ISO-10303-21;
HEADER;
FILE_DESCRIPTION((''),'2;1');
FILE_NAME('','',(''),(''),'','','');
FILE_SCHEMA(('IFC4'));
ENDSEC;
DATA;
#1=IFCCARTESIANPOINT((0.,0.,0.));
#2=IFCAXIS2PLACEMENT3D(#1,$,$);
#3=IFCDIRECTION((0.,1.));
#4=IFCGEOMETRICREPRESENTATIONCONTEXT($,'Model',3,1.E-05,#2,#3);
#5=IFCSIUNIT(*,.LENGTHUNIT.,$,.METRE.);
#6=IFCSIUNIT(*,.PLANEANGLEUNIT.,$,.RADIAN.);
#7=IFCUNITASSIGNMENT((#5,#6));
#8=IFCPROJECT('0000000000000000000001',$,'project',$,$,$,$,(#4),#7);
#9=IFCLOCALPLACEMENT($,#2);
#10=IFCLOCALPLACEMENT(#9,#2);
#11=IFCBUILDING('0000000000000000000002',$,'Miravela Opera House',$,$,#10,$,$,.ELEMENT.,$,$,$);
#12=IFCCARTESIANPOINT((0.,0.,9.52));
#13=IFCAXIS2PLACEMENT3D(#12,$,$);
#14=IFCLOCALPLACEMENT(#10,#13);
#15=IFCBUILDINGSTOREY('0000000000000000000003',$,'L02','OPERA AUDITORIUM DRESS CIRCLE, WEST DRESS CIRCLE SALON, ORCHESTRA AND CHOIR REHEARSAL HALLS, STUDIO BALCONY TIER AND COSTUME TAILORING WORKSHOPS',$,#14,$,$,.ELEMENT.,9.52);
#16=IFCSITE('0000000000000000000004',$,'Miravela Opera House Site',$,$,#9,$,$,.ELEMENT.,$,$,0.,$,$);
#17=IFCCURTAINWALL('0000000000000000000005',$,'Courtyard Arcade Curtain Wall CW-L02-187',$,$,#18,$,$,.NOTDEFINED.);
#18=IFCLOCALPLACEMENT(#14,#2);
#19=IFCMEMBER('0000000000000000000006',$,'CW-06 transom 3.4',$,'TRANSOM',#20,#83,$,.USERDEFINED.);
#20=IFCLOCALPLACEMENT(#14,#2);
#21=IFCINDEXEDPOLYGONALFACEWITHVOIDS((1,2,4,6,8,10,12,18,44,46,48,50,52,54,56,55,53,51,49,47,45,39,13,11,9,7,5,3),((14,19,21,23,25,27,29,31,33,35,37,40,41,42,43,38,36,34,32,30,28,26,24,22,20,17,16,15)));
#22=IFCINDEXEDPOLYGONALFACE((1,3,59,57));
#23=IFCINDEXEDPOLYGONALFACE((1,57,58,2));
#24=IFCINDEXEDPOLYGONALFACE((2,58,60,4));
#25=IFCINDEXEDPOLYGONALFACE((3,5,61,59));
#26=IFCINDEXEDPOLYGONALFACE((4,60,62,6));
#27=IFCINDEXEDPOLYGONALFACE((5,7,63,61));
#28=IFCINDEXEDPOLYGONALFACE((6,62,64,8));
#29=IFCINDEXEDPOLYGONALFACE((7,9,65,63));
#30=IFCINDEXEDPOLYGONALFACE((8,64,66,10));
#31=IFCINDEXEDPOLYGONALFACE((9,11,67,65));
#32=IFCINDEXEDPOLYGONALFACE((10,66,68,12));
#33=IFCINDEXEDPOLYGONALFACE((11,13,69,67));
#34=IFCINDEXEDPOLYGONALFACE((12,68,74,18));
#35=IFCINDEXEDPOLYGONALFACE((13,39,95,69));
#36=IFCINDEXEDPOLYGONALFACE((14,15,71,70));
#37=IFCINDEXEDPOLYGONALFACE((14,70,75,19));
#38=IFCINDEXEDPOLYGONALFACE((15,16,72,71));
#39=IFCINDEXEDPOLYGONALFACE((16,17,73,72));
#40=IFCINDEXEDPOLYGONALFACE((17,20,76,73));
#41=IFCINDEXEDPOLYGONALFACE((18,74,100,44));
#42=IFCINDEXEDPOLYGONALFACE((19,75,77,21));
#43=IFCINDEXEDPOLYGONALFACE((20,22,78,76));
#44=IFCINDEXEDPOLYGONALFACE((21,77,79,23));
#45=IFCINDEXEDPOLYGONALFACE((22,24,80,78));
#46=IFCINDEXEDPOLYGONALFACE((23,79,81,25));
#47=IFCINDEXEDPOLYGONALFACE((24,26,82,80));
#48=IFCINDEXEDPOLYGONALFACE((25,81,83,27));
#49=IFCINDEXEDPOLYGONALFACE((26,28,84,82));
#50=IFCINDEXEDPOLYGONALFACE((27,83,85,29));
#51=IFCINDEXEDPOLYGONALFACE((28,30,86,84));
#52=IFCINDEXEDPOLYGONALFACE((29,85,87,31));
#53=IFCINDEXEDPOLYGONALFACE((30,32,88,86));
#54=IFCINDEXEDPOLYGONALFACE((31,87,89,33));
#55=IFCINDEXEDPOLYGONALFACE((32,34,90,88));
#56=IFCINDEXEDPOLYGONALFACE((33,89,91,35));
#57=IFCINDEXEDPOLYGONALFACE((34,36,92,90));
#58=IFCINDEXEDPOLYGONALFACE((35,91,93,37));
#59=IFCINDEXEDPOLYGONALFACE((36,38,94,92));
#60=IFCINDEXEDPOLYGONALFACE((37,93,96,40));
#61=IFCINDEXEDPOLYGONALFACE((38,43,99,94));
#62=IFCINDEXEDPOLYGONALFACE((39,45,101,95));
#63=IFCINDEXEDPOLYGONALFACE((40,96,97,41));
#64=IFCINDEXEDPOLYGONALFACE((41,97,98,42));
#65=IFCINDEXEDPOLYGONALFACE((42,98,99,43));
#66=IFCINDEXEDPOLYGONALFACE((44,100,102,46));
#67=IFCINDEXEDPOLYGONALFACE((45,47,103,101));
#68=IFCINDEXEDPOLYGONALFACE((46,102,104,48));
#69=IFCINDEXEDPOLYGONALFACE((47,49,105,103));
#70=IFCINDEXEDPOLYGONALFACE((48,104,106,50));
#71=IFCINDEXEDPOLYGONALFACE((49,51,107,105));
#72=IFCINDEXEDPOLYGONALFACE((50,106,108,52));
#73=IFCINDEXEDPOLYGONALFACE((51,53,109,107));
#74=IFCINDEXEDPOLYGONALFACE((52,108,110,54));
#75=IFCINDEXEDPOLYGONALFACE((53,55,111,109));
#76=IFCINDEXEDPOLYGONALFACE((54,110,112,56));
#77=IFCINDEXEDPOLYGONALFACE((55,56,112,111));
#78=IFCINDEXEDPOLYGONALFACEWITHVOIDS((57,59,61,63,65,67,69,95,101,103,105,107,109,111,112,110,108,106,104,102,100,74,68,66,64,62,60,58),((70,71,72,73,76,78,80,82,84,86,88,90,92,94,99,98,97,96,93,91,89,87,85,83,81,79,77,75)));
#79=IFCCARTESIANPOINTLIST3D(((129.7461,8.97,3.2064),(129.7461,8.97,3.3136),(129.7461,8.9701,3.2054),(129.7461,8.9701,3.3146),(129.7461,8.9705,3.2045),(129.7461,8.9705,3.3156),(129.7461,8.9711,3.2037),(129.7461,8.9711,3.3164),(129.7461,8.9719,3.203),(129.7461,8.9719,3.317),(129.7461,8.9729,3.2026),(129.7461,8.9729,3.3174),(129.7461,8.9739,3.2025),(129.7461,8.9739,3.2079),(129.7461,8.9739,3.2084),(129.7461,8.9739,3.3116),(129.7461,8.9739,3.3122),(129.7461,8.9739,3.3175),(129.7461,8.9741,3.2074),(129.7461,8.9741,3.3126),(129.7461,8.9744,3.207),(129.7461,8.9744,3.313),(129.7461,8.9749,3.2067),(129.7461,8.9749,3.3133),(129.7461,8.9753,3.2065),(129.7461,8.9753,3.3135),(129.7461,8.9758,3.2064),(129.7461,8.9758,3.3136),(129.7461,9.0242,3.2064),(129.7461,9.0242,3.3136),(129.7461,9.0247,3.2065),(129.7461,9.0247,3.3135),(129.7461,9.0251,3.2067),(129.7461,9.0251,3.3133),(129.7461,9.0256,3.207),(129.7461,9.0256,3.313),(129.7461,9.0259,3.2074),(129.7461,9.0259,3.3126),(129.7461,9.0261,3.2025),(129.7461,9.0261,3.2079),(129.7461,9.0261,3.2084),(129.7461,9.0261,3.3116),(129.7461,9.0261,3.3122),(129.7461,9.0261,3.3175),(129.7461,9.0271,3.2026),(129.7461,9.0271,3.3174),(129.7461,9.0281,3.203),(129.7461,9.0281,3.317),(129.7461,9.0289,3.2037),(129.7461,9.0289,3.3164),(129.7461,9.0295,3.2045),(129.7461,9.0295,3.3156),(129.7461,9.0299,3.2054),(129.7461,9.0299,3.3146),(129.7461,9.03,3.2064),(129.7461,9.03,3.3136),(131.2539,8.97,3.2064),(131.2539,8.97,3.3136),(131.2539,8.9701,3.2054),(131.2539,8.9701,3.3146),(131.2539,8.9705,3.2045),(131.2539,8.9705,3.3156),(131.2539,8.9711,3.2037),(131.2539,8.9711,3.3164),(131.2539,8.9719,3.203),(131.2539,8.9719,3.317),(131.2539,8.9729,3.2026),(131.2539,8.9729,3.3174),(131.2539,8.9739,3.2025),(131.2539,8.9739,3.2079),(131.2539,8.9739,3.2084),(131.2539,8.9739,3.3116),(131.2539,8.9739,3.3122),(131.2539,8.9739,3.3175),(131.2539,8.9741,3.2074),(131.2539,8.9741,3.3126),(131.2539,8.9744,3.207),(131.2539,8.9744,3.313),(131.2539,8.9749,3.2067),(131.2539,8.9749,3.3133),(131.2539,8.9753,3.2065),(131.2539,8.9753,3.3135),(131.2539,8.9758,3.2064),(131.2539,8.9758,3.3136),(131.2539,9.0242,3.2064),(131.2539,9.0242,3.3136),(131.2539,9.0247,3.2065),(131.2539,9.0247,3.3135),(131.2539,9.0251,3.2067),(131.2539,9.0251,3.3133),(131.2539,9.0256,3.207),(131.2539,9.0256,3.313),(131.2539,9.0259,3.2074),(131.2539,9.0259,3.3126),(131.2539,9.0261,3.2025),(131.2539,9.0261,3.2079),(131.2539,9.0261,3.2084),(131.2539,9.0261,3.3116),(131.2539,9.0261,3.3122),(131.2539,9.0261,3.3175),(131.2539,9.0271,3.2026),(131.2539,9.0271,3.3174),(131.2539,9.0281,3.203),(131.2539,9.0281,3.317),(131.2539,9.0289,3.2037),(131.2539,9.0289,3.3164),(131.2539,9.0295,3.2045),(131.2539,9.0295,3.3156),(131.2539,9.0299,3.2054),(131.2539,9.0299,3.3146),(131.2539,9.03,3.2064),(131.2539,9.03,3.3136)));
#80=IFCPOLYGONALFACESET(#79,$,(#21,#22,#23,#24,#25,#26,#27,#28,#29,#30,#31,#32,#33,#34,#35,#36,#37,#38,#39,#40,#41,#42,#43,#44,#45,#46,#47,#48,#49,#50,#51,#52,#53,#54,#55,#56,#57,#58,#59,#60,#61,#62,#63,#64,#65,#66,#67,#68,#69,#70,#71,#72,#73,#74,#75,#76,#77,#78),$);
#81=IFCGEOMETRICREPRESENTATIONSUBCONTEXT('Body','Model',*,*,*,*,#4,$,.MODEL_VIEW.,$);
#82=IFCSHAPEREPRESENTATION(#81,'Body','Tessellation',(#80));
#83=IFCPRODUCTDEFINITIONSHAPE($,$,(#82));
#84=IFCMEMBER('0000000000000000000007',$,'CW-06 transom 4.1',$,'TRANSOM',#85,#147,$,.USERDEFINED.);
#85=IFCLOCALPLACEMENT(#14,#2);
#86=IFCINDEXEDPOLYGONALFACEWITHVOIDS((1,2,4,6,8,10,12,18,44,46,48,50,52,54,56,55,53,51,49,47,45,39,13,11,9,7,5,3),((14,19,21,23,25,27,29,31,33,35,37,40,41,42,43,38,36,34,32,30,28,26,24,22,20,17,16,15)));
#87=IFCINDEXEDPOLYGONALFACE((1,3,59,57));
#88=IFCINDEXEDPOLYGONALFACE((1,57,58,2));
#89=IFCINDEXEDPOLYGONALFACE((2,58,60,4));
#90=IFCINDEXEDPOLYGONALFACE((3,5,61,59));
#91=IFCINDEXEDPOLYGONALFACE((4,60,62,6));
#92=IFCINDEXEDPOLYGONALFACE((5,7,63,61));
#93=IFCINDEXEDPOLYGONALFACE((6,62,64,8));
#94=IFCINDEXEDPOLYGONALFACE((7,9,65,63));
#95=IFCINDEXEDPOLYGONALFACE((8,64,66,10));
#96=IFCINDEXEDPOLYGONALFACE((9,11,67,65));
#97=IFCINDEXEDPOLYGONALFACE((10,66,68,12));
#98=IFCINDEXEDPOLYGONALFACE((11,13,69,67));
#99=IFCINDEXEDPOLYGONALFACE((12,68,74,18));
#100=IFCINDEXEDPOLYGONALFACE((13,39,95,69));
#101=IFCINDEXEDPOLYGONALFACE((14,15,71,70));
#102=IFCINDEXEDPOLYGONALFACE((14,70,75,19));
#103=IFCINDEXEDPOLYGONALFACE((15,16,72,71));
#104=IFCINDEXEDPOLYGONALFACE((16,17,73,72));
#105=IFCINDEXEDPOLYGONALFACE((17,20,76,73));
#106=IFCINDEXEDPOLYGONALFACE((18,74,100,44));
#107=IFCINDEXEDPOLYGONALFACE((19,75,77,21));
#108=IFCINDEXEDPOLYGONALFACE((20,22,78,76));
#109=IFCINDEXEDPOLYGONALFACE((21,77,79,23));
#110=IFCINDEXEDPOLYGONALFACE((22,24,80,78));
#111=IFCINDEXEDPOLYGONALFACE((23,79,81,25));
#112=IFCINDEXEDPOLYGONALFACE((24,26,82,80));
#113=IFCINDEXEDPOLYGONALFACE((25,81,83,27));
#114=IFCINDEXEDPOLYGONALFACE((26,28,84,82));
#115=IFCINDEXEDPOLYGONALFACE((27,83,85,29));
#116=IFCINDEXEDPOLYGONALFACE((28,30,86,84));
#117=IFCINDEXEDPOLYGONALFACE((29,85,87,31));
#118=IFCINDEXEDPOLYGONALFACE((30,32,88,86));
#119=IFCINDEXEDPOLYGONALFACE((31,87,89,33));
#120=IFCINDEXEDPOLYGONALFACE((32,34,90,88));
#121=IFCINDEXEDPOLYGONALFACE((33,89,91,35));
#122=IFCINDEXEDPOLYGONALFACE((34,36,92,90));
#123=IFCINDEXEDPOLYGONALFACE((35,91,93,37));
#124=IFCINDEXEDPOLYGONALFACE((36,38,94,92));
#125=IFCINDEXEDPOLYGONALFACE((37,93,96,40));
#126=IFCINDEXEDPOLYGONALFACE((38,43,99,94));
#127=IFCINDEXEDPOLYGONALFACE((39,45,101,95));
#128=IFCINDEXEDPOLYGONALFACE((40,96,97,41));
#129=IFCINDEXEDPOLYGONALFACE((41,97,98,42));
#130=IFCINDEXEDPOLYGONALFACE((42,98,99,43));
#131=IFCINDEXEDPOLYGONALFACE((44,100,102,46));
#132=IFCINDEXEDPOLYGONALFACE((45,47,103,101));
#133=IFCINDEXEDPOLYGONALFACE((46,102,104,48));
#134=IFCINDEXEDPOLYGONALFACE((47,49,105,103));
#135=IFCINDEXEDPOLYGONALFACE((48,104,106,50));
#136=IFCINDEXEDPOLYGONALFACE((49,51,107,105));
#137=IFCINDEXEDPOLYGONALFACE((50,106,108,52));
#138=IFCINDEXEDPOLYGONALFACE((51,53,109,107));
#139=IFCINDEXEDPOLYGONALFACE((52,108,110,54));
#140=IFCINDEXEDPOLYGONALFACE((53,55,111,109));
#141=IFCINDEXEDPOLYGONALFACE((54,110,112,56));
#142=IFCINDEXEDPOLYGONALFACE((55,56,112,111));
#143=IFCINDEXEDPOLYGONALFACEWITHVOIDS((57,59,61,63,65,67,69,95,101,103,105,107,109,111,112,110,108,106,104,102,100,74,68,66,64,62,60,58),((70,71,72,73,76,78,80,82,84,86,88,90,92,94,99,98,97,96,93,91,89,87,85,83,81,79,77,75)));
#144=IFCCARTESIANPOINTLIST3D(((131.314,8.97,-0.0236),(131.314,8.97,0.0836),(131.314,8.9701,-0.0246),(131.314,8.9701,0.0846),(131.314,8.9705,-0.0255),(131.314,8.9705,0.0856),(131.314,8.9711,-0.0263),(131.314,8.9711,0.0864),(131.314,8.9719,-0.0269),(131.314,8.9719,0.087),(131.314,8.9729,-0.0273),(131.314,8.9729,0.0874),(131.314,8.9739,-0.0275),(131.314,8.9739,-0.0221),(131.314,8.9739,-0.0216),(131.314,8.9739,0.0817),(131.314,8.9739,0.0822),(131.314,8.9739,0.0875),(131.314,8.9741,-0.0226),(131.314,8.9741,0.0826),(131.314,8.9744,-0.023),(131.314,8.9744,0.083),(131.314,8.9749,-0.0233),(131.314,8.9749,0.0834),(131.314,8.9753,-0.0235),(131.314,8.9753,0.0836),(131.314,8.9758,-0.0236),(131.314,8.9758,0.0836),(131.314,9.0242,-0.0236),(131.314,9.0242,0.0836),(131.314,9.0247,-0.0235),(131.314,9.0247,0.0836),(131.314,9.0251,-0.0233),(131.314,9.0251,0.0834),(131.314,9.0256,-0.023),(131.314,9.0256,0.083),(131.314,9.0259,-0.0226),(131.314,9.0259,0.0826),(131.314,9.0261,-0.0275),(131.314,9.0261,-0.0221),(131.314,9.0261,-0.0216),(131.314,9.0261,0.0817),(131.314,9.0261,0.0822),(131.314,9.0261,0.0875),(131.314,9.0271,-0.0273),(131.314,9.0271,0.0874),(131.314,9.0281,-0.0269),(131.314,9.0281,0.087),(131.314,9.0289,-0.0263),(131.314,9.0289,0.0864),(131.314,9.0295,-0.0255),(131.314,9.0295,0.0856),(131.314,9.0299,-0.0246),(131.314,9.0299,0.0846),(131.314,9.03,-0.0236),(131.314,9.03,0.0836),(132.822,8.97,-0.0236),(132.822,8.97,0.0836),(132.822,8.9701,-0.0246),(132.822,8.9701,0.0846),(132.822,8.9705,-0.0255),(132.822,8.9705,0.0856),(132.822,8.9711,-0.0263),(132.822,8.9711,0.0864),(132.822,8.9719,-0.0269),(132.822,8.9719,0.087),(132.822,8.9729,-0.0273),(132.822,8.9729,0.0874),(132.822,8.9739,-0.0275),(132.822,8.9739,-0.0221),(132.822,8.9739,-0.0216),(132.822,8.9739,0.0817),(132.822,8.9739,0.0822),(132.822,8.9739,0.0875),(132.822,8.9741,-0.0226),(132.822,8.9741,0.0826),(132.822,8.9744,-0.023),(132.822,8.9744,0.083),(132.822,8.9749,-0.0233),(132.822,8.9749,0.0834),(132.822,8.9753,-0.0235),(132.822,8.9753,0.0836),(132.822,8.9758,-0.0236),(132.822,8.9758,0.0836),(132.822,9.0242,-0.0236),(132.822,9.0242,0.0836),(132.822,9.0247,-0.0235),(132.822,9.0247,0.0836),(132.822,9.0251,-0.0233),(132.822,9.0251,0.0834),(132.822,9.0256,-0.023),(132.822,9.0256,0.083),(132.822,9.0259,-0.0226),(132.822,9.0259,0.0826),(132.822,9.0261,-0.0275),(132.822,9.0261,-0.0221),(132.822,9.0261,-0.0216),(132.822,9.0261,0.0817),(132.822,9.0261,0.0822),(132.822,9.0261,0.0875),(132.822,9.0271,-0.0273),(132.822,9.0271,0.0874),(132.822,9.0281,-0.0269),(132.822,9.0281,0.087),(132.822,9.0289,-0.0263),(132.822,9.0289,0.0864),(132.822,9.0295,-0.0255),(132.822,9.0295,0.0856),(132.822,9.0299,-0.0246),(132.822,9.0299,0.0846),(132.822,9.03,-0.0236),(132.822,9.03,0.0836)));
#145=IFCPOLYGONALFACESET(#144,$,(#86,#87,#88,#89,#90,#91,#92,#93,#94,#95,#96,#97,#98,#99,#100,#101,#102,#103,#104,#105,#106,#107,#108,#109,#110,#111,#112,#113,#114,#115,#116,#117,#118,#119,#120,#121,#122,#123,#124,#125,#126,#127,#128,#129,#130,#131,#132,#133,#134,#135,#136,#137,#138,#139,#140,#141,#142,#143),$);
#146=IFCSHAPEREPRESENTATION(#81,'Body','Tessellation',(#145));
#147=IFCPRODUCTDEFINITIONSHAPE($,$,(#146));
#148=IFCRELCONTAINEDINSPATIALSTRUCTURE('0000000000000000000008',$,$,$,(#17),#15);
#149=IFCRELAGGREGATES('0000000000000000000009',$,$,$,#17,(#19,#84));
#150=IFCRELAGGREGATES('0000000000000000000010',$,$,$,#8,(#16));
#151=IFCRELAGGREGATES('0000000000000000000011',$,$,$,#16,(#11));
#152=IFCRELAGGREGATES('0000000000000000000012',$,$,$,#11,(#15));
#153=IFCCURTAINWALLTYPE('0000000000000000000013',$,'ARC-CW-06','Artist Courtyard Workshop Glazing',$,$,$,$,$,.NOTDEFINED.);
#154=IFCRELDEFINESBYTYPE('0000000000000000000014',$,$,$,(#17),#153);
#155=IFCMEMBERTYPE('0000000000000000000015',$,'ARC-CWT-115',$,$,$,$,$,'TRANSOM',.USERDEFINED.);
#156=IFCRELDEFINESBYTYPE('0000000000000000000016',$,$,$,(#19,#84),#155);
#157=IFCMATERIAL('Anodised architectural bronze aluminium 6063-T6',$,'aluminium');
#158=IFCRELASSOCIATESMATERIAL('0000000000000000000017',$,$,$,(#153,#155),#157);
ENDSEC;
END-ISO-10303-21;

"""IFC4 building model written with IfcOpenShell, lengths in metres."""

from ifc_helpers import new_model, si_unit, direction, frame, origin, origin_2d, place, context, subcontext, project, spatial, hollow_rectangle, extrude, material, material_profile, profile_set, type_object, element, aggregate, save


model = new_model("IFC4")

# Units and contexts
model_context = context("Model", 3, precision=1e-05, world=origin(), true_north=direction((0.0, 1.0)))
body_context = subcontext(model_context, "Body", "Model", "MODEL_VIEW")
ifc_project = project(units=[si_unit("LENGTHUNIT", "METRE"), si_unit("PLANEANGLEUNIT", "RADIAN")], contexts=[model_context])

# Site, building, storey
site_placement = place(None, origin())
site = spatial("IfcSite", under=ifc_project, at=site_placement, Name="Miravela Opera House Site", CompositionType="ELEMENT", RefElevation=0.0)
building_placement = place(site_placement, origin())
building = spatial("IfcBuilding", under=site, at=building_placement, Name="Miravela Opera House", CompositionType="ELEMENT")
storey_placement = place(building_placement, frame((0.0, 0.0, 9.52)))
storey = spatial("IfcBuildingStorey", under=building, at=storey_placement, Name="L02", Description="OPERA AUDITORIUM DRESS CIRCLE, WEST DRESS CIRCLE SALON, ORCHESTRA AND CHOIR REHEARSAL HALLS, STUDIO BALCONY TIER AND COSTUME TAILORING WORKSHOPS", CompositionType="ELEMENT", Elevation=9.52)

# Shared definitions
ifc_material_1 = material(Name="Anodised architectural bronze aluminium 6063-T6", Category="aluminium")
curtain_wall_type = type_object("IfcCurtainWallType", Name="ARC-CW-06", Description="Artist Courtyard Workshop Glazing", PredefinedType="NOTDEFINED", material=ifc_material_1)

# Curtain wall
curtain_wall_1_placement = place(storey_placement, origin())
curtain_wall_1 = element("IfcCurtainWall", 1, at=curtain_wall_1_placement, inside=storey, type_object=curtain_wall_type, Name="Courtyard Arcade Curtain Wall CW-L02-187", PredefinedType="NOTDEFINED")

# Members
ifc_material_profile_1 = material_profile(ifc_material_1, hollow_rectangle(XDim=0.0601, YDim=0.115, WallThickness=0.0039, InnerFilletRadius=0.002, OuterFilletRadius=0.0039, at=origin_2d()), Name="CWT-60X115")
ifc_profile_set_1 = profile_set([ifc_material_profile_1])
member_type_1 = type_object("IfcMemberType", Name="ARC-CWT-115", ElementType="TRANSOM", PredefinedType="USERDEFINED", material=ifc_profile_set_1)
member_1_placement = place(storey_placement, frame((129.7461, 9.0, 3.26), z_axis=(1.0, 0.0, 0.0), x_axis=(0.0, 1.0, 0.0)))
member_1 = element("IfcMember", 2, at=member_1_placement, type_object=member_type_1, Name="CW-06 transom 3.4", ObjectType="TRANSOM", PredefinedType="USERDEFINED", context=body_context, shape_type="SweptSolid", body=[
    extrude(hollow_rectangle(XDim=0.0601, YDim=0.115, WallThickness=0.0039, InnerFilletRadius=0.002, OuterFilletRadius=0.0039, at=origin_2d()), origin(), (0.0, 0.0, 1.0), 1.5078),
])
member_2_placement = place(storey_placement, frame((131.314, 9.0, 0.03), z_axis=(1.0, 0.0, 0.0), x_axis=(0.0, 1.0, 0.0)))
member_2 = element("IfcMember", 3, at=member_2_placement, type_object=member_type_1, Name="CW-06 transom 4.1", ObjectType="TRANSOM", PredefinedType="USERDEFINED", context=body_context, shape_type="SweptSolid", body=[
    extrude(hollow_rectangle(XDim=0.0601, YDim=0.115, WallThickness=0.0039, InnerFilletRadius=0.002, OuterFilletRadius=0.0039, at=origin_2d()), origin(), (0.0, 0.0, 1.0), 1.5081),
])

aggregate(curtain_wall_1, [member_1, member_2])

save(model, "model.ifc")
